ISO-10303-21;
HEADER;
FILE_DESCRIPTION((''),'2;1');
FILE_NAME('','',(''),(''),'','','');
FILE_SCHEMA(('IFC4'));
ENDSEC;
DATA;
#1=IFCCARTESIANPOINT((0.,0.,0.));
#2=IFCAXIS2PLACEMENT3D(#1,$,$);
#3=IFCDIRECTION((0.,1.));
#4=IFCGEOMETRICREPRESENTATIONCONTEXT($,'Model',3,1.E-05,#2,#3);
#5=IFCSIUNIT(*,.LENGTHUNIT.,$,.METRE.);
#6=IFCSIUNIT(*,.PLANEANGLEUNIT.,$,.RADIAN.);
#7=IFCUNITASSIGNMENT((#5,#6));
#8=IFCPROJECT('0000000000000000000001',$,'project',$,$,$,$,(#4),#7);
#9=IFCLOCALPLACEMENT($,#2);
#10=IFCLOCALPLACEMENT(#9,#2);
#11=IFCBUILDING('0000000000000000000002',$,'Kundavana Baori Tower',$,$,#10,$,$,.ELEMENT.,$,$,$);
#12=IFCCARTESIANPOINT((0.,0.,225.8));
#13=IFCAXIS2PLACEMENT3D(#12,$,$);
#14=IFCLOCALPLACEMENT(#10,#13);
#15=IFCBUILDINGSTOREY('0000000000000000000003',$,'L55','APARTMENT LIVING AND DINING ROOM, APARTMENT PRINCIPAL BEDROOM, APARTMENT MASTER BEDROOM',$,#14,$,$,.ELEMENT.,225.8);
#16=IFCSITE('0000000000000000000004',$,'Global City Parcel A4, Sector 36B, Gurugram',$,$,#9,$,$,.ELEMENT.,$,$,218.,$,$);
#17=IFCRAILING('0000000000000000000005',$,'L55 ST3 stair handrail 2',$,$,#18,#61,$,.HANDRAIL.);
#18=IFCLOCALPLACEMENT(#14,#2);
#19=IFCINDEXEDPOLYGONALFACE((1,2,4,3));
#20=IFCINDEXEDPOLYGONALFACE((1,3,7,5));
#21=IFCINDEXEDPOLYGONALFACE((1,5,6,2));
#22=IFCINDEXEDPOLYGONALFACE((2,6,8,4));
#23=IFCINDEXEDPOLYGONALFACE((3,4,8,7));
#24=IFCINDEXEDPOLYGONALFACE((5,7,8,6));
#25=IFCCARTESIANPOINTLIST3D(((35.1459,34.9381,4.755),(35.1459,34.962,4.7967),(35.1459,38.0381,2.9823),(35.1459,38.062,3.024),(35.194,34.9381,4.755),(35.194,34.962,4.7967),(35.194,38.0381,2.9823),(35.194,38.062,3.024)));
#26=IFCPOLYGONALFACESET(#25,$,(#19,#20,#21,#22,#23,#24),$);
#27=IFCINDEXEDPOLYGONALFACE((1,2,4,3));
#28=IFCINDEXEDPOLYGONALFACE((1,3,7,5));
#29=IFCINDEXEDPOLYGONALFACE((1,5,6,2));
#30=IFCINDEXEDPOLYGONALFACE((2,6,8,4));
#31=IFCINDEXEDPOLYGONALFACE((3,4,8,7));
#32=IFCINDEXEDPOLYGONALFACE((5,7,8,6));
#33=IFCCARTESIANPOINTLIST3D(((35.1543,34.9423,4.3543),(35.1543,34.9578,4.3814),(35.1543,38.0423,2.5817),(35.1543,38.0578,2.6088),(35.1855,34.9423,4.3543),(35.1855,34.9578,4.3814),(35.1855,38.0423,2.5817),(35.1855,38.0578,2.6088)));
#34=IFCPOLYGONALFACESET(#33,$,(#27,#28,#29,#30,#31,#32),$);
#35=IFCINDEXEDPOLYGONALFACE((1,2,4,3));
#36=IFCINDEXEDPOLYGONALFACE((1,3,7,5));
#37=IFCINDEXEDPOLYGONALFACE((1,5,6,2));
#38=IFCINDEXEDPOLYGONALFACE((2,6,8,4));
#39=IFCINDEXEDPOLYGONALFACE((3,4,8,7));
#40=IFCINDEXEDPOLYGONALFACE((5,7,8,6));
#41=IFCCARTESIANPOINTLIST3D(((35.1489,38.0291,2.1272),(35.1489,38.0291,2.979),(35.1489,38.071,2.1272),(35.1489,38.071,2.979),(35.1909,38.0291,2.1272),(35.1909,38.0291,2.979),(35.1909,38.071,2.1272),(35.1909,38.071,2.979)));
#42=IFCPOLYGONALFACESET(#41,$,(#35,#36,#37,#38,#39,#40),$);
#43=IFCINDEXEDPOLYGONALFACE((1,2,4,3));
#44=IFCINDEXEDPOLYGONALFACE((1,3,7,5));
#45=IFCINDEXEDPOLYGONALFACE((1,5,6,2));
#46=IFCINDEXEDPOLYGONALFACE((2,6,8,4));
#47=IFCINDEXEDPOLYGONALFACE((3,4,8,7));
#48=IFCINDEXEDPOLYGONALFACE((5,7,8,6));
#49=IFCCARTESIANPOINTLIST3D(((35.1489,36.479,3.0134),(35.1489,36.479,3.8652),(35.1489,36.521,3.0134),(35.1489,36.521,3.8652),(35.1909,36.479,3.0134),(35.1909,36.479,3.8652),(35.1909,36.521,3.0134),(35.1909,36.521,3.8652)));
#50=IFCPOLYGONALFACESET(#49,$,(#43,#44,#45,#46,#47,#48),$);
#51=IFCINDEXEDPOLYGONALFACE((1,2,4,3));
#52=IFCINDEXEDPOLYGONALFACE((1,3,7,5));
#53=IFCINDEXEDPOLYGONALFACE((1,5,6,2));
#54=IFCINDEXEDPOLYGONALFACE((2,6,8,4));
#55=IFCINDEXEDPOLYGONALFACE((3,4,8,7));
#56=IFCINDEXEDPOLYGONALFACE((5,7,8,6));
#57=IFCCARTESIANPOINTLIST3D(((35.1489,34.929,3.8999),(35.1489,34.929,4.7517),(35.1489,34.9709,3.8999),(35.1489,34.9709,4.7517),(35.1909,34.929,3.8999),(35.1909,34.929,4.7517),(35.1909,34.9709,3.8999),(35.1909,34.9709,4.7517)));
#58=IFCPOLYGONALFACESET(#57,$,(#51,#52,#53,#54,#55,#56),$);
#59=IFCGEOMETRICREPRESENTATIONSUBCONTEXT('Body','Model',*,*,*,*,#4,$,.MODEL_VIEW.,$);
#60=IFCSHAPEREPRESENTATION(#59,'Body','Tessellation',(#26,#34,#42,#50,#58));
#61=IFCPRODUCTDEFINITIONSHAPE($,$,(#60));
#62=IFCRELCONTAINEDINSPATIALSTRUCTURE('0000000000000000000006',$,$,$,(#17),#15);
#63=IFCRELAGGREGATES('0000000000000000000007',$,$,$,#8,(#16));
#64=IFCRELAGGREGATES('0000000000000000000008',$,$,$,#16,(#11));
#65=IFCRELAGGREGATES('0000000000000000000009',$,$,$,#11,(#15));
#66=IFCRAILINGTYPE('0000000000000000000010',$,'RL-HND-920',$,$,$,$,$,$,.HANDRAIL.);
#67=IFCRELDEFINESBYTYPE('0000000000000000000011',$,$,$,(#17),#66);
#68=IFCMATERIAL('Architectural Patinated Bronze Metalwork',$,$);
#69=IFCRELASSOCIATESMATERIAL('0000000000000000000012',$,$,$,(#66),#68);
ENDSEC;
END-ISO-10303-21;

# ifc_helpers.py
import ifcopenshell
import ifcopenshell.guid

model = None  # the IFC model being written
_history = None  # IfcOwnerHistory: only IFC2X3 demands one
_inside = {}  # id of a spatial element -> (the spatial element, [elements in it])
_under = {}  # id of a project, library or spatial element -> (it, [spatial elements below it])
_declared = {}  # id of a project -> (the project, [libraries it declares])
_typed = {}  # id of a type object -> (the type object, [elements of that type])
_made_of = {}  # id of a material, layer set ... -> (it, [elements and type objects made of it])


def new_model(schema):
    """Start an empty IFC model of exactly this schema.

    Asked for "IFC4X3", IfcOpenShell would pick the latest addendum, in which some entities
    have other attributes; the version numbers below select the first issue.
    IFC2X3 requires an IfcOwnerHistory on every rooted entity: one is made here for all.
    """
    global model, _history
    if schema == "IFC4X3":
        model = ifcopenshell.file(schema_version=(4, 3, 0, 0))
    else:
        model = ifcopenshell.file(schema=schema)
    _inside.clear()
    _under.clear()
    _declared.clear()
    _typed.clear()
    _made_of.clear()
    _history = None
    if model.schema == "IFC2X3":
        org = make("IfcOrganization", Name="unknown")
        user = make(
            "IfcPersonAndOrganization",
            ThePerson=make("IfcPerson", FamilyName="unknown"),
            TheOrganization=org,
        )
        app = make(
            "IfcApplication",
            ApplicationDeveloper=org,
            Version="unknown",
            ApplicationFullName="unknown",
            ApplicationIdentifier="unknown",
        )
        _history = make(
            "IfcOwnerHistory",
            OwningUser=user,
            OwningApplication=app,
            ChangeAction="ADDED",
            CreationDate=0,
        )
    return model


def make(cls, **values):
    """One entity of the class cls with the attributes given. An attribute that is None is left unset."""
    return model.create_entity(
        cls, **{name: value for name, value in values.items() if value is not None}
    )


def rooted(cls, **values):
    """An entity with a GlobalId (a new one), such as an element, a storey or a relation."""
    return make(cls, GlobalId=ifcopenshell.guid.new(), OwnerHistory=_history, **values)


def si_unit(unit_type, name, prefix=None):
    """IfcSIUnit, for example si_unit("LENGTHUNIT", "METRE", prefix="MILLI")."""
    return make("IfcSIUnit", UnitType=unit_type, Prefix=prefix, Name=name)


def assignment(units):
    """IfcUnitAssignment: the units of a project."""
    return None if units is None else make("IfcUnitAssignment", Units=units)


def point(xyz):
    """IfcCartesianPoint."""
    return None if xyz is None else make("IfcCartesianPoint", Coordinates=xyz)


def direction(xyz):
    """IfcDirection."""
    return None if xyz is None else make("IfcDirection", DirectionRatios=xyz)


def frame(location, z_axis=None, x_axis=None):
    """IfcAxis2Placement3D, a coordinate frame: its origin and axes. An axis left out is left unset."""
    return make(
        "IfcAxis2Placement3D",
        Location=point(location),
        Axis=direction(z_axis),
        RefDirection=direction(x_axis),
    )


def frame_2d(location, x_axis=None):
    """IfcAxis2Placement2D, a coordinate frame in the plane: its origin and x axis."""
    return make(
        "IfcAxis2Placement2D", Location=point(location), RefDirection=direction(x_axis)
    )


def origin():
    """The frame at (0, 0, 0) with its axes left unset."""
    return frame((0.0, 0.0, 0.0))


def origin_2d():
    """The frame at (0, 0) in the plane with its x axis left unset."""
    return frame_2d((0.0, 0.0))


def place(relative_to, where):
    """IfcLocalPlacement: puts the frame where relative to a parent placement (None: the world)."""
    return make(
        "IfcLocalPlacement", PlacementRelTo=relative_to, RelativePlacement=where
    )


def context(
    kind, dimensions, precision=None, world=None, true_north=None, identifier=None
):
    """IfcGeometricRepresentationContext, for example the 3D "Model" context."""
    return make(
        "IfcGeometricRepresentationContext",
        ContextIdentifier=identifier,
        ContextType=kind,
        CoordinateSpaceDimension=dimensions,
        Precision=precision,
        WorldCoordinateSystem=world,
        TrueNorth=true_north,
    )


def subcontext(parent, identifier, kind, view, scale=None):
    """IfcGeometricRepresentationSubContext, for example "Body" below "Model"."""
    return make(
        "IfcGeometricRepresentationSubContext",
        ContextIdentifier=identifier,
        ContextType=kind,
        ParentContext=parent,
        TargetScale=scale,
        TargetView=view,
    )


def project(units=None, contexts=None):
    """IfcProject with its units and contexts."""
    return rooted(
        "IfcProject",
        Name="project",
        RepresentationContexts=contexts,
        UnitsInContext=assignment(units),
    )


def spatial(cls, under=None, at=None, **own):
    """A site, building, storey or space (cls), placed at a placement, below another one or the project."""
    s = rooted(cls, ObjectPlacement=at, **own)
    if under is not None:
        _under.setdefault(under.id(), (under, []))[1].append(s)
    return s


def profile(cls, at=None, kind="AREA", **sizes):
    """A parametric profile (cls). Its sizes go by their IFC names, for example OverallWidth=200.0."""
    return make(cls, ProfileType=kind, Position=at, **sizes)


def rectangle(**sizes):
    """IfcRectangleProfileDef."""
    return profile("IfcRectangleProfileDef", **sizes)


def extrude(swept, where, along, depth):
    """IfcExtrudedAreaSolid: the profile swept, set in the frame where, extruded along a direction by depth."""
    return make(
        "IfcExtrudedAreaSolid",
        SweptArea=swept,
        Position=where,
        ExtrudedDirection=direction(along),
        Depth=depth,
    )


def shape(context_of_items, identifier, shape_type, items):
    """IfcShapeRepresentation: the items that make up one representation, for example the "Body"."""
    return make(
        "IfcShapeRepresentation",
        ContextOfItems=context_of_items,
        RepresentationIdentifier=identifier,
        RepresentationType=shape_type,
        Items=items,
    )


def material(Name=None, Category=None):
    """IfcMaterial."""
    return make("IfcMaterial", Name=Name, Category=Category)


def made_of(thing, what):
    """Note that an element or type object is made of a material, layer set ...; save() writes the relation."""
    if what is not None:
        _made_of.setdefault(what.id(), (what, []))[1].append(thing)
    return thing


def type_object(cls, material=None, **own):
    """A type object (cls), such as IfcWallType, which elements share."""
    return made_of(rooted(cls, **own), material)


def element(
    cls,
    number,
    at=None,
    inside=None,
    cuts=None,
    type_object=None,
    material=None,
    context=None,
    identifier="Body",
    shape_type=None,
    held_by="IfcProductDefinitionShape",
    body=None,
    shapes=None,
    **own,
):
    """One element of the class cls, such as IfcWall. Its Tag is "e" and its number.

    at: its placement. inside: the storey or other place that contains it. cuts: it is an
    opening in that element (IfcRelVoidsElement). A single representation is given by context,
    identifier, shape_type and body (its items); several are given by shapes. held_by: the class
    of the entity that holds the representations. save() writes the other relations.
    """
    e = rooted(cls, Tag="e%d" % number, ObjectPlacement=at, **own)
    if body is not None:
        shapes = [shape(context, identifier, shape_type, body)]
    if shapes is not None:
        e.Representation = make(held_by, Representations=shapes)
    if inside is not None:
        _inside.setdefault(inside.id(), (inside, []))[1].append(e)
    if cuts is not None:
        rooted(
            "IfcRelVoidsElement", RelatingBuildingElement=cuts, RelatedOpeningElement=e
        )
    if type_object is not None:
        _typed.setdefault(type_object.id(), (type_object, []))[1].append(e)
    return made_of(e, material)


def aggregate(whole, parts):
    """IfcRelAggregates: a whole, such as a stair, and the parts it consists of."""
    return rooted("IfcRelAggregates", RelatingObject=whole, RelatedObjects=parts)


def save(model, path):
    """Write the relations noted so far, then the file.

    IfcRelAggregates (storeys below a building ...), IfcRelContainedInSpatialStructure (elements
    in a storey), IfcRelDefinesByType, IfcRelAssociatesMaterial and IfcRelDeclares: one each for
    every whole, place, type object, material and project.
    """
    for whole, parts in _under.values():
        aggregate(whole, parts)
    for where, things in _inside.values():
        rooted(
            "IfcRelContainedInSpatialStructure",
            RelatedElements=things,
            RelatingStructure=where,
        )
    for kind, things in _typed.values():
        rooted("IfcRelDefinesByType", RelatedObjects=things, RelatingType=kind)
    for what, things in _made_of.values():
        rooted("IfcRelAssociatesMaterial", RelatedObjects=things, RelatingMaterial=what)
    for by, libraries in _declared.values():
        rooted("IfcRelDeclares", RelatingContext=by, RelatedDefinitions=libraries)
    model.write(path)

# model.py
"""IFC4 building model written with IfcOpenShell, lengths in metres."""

from ifc_helpers import new_model, si_unit, direction, frame, origin, origin_2d, place, context, subcontext, project, spatial, rectangle, extrude, material, type_object, element, save


model = new_model("IFC4")

# Units and contexts
model_context = context("Model", 3, precision=1e-05, world=origin(), true_north=direction((0.0, 1.0)))
body_context = subcontext(model_context, "Body", "Model", "MODEL_VIEW")
ifc_project = project(units=[si_unit("LENGTHUNIT", "METRE"), si_unit("PLANEANGLEUNIT", "RADIAN")], contexts=[model_context])

# Site, building, storey
site_placement = place(None, origin())
site = spatial("IfcSite", under=ifc_project, at=site_placement, Name="Global City Parcel A4, Sector 36B, Gurugram", CompositionType="ELEMENT", RefElevation=218.0)
building_placement = place(site_placement, origin())
building = spatial("IfcBuilding", under=site, at=building_placement, Name="Kundavana Baori Tower", CompositionType="ELEMENT")
storey_placement = place(building_placement, frame((0.0, 0.0, 225.8)))
storey = spatial("IfcBuildingStorey", under=building, at=storey_placement, Name="L55", Description="APARTMENT LIVING AND DINING ROOM, APARTMENT PRINCIPAL BEDROOM, APARTMENT MASTER BEDROOM", CompositionType="ELEMENT", Elevation=225.8)

# Railing
ifc_material_1 = material(Name="Architectural Patinated Bronze Metalwork")
railing_type_1 = type_object("IfcRailingType", Name="RL-HND-920", PredefinedType="HANDRAIL", material=ifc_material_1)
railing_1_placement = place(storey_placement, frame((35.1699, 38.05, 2.1272)))
element("IfcRailing", 1, at=railing_1_placement, inside=storey, type_object=railing_type_1, Name="L55 ST3 stair handrail 2", PredefinedType="HANDRAIL", context=body_context, shape_type="SweptSolid", body=[
    extrude(rectangle(XDim=0.0481, YDim=0.0481, at=origin_2d()), frame((0.0, 0.0, 0.876), z_axis=(0.0, -0.868096, 0.496397), x_axis=(1.0, 0.0, 0.0)), (0.0, 0.0, 1.0), 3.571),
    extrude(rectangle(XDim=0.0312, YDim=0.0312, at=origin_2d()), frame((0.0, 0.0, 0.468), z_axis=(0.0, -0.868096, 0.496397), x_axis=(1.0, 0.0, 0.0)), (0.0, 0.0, 1.0), 3.571),
    extrude(rectangle(XDim=0.042, YDim=0.042, at=origin_2d()), origin(), (0.0, 0.0, 1.0), 0.8518),
    extrude(rectangle(XDim=0.042, YDim=0.042, at=origin_2d()), frame((0.0, -1.55, 0.8862)), (0.0, 0.0, 1.0), 0.8518),
    extrude(rectangle(XDim=0.042, YDim=0.042, at=origin_2d()), frame((0.0, -3.1001, 1.7727)), (0.0, 0.0, 1.0), 0.8518),
])

save(model, "model.ifc")
